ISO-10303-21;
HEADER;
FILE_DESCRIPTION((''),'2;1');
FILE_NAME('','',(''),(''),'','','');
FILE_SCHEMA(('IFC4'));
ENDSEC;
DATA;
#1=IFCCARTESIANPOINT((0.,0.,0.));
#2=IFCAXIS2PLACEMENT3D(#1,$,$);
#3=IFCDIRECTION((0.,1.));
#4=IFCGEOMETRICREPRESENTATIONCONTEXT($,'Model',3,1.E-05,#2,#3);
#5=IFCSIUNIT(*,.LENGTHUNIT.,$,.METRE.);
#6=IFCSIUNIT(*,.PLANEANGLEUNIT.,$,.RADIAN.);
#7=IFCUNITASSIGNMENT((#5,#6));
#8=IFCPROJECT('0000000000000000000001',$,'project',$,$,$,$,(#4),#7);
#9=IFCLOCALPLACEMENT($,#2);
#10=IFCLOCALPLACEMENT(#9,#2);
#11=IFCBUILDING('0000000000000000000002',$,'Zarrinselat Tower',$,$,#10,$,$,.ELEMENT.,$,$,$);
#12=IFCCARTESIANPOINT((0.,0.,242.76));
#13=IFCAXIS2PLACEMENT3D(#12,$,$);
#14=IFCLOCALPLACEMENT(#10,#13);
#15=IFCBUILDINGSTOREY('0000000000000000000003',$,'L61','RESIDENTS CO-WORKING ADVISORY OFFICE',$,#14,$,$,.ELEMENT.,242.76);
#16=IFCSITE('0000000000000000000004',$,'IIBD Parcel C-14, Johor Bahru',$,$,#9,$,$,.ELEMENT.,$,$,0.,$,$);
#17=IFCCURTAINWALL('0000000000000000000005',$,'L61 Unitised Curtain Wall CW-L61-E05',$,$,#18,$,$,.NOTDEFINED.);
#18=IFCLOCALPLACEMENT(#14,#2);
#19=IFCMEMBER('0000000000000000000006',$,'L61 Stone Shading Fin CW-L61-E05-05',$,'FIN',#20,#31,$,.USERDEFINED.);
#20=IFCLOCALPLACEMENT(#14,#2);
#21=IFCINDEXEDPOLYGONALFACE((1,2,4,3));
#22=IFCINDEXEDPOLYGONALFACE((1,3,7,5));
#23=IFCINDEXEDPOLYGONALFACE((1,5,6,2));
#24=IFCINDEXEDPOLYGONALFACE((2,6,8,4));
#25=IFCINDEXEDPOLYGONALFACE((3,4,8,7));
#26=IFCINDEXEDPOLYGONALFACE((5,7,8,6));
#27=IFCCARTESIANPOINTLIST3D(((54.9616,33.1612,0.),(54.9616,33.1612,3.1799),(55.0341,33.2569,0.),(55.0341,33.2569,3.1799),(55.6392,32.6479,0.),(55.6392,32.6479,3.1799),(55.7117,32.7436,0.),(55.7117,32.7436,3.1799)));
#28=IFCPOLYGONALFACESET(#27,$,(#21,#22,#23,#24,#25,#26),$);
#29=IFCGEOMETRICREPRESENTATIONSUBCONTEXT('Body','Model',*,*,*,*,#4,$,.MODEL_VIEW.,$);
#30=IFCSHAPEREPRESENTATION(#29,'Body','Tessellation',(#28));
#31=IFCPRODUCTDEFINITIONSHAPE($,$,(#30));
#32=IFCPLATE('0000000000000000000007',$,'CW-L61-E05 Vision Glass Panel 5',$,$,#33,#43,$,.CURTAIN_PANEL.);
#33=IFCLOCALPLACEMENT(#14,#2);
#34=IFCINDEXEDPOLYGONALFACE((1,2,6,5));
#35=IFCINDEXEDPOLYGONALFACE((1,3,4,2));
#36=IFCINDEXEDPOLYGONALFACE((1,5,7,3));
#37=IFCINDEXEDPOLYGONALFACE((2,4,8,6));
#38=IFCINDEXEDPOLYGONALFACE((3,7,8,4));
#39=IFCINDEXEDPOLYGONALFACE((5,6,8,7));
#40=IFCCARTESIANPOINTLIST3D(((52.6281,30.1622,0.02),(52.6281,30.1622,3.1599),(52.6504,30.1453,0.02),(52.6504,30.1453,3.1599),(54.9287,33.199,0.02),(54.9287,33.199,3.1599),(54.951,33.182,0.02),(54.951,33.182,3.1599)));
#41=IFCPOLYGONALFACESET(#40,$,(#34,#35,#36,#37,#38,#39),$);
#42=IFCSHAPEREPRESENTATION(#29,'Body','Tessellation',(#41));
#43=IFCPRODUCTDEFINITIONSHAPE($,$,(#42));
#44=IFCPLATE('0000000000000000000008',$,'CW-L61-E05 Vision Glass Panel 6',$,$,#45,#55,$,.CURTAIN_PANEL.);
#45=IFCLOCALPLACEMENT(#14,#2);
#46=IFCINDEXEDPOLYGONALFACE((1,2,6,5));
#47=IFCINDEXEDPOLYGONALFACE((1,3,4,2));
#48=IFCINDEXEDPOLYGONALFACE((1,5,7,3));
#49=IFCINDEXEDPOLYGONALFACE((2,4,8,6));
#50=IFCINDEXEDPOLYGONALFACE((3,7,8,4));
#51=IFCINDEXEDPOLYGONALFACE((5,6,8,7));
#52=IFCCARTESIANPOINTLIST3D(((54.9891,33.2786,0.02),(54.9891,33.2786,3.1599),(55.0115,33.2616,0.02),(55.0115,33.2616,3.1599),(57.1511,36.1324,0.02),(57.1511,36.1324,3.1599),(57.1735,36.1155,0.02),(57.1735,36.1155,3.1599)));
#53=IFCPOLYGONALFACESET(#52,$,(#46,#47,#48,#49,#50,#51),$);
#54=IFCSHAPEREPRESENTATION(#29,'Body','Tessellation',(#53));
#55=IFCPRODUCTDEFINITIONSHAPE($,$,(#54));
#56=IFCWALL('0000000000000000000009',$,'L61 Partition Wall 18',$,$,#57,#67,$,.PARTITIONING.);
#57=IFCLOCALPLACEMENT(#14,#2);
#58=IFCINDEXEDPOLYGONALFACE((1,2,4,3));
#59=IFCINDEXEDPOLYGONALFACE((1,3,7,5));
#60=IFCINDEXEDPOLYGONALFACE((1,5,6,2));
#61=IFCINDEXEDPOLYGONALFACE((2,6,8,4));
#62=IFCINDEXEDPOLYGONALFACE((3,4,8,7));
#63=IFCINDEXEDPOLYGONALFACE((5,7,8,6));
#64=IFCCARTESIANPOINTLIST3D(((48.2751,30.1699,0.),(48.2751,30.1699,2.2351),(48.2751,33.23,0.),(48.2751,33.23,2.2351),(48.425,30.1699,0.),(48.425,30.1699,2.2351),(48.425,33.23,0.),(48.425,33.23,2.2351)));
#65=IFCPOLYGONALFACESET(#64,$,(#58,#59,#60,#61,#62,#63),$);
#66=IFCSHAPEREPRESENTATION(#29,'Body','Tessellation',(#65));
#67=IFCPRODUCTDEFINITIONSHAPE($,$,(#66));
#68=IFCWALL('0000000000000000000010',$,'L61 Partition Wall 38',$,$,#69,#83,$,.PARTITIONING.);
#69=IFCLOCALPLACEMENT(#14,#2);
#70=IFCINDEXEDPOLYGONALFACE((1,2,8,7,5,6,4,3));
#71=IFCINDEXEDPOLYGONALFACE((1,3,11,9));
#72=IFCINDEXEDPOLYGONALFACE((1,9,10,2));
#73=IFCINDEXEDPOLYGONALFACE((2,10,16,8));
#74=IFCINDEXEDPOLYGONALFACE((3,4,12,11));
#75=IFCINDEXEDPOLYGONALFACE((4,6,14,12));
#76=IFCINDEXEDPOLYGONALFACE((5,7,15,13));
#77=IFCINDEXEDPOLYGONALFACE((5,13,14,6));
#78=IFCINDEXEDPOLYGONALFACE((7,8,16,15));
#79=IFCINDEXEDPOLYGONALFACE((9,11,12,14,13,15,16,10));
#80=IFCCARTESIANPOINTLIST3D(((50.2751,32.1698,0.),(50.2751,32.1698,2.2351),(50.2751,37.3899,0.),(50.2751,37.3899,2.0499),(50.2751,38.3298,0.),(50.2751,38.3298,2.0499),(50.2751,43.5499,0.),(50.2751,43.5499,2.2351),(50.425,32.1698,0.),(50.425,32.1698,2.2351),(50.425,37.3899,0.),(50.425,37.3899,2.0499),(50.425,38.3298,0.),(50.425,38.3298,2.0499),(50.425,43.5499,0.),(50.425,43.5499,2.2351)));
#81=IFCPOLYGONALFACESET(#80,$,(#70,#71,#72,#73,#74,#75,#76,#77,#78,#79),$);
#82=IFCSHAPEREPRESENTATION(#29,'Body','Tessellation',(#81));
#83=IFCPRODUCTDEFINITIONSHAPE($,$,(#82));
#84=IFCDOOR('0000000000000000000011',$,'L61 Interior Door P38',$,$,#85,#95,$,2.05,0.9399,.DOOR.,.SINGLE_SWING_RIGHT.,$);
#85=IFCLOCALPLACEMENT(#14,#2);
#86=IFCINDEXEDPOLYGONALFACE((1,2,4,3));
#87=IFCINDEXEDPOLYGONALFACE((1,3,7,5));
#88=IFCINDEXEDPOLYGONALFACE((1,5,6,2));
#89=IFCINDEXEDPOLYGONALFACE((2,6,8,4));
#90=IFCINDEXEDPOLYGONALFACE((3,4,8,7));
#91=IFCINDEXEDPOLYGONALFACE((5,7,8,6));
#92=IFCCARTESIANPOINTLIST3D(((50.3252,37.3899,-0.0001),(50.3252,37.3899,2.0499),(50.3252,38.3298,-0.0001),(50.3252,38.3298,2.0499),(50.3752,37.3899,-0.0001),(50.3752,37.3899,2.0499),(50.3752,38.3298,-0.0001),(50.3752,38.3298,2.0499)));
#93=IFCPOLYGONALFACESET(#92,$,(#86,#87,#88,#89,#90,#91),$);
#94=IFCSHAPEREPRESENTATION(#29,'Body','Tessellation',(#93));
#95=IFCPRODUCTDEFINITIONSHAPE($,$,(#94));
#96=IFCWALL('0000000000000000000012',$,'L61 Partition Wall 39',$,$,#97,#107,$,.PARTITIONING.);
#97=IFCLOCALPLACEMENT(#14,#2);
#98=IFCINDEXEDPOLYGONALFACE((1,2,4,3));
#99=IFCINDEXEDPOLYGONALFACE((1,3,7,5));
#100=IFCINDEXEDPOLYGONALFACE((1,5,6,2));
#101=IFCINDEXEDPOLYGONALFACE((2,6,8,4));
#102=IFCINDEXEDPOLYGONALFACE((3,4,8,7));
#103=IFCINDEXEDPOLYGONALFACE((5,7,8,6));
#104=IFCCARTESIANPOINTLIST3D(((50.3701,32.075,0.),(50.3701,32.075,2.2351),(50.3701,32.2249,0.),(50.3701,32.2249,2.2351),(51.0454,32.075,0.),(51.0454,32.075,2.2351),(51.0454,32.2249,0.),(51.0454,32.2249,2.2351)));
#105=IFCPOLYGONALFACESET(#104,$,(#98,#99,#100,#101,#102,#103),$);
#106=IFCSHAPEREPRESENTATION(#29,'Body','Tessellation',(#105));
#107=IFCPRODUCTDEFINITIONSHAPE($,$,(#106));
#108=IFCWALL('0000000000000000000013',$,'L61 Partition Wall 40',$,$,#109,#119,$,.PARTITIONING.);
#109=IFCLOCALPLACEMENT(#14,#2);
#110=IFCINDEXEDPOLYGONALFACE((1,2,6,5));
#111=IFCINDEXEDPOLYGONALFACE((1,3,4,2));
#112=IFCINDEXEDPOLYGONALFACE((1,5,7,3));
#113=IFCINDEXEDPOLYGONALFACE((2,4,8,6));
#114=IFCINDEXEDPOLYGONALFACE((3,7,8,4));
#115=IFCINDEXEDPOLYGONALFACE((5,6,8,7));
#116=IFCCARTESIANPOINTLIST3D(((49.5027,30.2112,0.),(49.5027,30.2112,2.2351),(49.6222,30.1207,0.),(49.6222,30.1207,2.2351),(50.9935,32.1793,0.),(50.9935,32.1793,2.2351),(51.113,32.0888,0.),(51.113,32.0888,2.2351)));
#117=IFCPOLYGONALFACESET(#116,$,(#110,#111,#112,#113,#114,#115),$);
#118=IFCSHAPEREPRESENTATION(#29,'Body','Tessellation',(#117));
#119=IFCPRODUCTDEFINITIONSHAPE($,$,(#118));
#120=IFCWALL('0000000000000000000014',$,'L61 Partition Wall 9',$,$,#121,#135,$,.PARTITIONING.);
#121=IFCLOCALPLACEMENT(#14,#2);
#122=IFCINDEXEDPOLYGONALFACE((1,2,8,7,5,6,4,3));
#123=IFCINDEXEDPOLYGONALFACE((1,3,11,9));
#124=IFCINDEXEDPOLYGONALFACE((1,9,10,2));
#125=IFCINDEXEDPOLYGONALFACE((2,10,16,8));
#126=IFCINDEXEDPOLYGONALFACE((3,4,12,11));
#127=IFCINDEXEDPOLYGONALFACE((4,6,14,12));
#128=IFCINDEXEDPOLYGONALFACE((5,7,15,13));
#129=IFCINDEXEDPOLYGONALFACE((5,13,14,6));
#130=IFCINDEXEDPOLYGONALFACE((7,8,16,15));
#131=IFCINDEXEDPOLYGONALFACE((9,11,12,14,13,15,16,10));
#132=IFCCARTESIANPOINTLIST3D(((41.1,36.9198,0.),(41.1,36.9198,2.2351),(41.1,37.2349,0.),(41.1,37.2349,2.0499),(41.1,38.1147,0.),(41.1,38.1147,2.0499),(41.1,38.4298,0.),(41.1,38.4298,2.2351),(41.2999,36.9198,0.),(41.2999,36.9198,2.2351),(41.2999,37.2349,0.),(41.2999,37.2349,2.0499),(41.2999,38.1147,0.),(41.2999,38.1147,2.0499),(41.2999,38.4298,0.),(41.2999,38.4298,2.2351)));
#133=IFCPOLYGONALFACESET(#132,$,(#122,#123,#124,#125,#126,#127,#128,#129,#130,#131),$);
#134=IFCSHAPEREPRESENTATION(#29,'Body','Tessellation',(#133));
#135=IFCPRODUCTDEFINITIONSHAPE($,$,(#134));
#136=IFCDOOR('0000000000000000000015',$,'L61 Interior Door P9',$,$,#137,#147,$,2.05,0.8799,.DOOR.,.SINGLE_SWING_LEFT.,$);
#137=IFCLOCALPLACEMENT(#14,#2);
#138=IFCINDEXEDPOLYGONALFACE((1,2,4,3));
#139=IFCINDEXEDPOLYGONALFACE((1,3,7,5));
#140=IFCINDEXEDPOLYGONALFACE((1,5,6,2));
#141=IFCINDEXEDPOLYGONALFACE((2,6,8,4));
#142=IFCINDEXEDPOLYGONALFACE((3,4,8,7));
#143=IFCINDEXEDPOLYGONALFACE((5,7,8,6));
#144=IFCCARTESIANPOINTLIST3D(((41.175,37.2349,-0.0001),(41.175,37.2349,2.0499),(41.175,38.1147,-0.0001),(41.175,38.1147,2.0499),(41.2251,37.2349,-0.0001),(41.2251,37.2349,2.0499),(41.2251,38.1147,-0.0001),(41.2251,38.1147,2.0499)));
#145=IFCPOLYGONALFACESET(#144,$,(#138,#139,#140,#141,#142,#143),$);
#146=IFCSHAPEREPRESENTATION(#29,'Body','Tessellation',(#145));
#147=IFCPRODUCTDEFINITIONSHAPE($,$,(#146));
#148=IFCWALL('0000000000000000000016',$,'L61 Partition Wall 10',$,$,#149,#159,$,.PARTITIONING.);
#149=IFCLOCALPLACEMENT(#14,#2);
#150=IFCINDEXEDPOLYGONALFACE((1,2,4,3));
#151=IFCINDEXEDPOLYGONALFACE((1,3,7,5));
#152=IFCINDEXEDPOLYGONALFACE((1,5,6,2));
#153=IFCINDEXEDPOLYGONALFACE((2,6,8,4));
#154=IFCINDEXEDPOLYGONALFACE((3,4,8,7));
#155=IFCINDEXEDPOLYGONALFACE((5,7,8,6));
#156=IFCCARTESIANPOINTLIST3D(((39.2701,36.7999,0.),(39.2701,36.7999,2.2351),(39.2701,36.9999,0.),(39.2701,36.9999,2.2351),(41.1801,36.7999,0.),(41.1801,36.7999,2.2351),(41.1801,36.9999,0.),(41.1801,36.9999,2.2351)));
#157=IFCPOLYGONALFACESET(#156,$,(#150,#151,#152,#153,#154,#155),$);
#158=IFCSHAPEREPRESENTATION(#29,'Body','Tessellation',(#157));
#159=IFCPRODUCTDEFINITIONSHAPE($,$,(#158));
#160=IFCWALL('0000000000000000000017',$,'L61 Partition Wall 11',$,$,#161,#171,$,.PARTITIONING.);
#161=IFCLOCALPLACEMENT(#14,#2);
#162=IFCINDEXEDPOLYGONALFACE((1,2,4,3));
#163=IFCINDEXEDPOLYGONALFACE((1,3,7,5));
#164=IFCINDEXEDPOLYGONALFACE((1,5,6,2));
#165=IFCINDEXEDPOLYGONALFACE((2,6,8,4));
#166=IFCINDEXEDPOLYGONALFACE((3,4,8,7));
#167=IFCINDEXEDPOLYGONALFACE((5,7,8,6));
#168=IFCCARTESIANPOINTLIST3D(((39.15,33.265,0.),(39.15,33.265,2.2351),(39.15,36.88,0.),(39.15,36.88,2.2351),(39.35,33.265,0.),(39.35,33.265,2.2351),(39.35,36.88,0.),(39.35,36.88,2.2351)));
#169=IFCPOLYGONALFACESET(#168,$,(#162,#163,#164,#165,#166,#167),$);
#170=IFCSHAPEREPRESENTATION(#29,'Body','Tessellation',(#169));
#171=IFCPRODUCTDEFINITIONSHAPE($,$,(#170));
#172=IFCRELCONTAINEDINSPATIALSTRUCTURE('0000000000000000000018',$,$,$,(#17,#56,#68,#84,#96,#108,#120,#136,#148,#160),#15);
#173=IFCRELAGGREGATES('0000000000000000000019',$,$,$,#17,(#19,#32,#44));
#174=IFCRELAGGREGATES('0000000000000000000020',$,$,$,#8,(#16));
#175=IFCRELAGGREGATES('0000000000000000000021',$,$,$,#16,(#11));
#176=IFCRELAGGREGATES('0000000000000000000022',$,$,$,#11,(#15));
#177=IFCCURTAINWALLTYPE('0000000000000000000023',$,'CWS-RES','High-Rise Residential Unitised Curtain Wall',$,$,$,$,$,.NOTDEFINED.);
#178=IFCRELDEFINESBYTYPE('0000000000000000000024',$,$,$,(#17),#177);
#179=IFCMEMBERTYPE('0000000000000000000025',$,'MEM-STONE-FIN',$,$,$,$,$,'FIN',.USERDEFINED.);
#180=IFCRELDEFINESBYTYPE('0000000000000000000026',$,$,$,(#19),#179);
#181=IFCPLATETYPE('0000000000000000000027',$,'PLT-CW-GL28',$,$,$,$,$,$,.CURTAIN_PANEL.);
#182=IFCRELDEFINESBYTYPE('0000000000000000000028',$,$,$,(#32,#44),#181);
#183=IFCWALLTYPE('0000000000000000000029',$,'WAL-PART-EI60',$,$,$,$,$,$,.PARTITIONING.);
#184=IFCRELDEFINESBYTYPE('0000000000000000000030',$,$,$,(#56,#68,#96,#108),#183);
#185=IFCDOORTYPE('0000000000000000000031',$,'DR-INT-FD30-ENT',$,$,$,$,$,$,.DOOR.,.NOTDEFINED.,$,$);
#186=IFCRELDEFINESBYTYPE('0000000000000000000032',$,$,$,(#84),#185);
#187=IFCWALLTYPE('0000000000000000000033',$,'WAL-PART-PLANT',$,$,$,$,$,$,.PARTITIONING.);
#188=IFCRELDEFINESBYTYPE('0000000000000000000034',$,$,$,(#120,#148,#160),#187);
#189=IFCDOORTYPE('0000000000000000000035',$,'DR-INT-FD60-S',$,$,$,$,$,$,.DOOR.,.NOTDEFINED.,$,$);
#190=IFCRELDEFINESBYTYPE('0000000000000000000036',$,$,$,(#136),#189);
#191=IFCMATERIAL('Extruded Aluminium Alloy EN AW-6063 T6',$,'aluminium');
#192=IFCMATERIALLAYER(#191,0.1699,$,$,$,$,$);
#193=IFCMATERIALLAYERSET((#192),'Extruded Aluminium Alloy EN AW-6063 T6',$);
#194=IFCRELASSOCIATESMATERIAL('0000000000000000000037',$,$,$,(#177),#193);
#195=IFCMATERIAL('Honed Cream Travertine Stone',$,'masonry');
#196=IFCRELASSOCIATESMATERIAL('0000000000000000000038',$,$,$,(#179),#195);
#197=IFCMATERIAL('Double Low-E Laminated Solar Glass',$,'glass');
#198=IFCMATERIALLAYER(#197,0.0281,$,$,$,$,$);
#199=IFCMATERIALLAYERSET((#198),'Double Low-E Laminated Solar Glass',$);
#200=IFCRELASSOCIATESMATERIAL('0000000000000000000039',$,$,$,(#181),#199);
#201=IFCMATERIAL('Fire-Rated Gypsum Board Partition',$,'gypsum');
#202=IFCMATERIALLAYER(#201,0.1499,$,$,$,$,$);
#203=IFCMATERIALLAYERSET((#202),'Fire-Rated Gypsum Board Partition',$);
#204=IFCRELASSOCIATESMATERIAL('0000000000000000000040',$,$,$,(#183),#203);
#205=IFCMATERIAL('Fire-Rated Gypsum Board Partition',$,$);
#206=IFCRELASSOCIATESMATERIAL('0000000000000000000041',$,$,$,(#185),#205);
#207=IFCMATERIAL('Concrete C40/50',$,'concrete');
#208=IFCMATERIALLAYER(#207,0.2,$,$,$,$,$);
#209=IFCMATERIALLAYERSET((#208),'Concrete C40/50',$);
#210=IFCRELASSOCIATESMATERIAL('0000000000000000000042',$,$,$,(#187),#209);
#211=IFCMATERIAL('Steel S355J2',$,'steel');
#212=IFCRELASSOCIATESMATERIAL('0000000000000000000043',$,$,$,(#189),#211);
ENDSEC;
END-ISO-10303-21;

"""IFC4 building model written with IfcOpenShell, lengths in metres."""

from ifc_helpers import new_model, si_unit, direction, frame, frame_2d, origin, origin_2d, place, context, subcontext, project, spatial, rectangle, extrude, material, layer, layer_set, material_profile, profile_set, type_object, element, fill, aggregate, save


model = new_model("IFC4")

# Units and contexts
model_context = context("Model", 3, precision=1e-05, world=origin(), true_north=direction((0.0, 1.0)))
body_context = subcontext(model_context, "Body", "Model", "MODEL_VIEW")
ifc_project = project(units=[si_unit("LENGTHUNIT", "METRE"), si_unit("PLANEANGLEUNIT", "RADIAN")], contexts=[model_context])

# Site, building, storey
site_placement = place(None, origin())
site = spatial("IfcSite", under=ifc_project, at=site_placement, Name="IIBD Parcel C-14, Johor Bahru", CompositionType="ELEMENT", RefElevation=0.0)
building_placement = place(site_placement, origin())
building = spatial("IfcBuilding", under=site, at=building_placement, Name="Zarrinselat Tower", CompositionType="ELEMENT")
storey_placement = place(building_placement, frame((0.0, 0.0, 242.76)))
storey = spatial("IfcBuildingStorey", under=building, at=storey_placement, Name="L61", Description="RESIDENTS CO-WORKING ADVISORY OFFICE", CompositionType="ELEMENT", Elevation=242.76)

# Curtain wall, member, plates
ifc_material_1 = material(Name="Extruded Aluminium Alloy EN AW-6063 T6", Category="aluminium")
ifc_layer_1 = layer(ifc_material_1, 0.1699)
ifc_layer_set_1 = layer_set([ifc_layer_1], Name="Extruded Aluminium Alloy EN AW-6063 T6")
curtain_wall_type = type_object("IfcCurtainWallType", Name="CWS-RES", Description="High-Rise Residential Unitised Curtain Wall", PredefinedType="NOTDEFINED", material=ifc_layer_set_1)
curtain_wall_placement = place(storey_placement, origin())
curtain_wall = element("IfcCurtainWall", 1, at=curtain_wall_placement, inside=storey, type_object=curtain_wall_type, Name="L61 Unitised Curtain Wall CW-L61-E05", PredefinedType="NOTDEFINED")
ifc_material_2 = material(Name="Honed Cream Travertine Stone", Category="masonry")
ifc_material_profile_1 = material_profile(ifc_material_2, rectangle(XDim=0.1201, YDim=0.8501, at=origin_2d()), Name="FIN 850x120")
ifc_profile_set_1 = profile_set([ifc_material_profile_1], Name="Honed Cream Travertine Stone")
member_type_1 = type_object("IfcMemberType", Name="MEM-STONE-FIN", ElementType="FIN", PredefinedType="USERDEFINED", material=ifc_profile_set_1)
member_1_placement = place(storey_placement, frame((55.3367, 32.9524, 0.0), z_axis=(0.0, 0.0, 1.0), x_axis=(-0.603858, -0.797092, 0.0)))
member_1 = element("IfcMember", 2, at=member_1_placement, type_object=member_type_1, Name="L61 Stone Shading Fin CW-L61-E05-05", ObjectType="FIN", PredefinedType="USERDEFINED", context=body_context, shape_type="SweptSolid", body=[
    extrude(rectangle(XDim=0.1201, YDim=0.8501, at=origin_2d()), origin(), (0.0, 0.0, 1.0), 3.1799),
])
ifc_material_3 = material(Name="Double Low-E Laminated Solar Glass", Category="glass")
ifc_layer_2 = layer(ifc_material_3, 0.0281)
ifc_layer_set_2 = layer_set([ifc_layer_2], Name="Double Low-E Laminated Solar Glass")
plate_type = type_object("IfcPlateType", Name="PLT-CW-GL28", PredefinedType="CURTAIN_PANEL", material=ifc_layer_set_2)
plate_1_placement = place(storey_placement, frame((53.7896, 31.6721, 0.02), z_axis=(0.0, 0.0, 1.0), x_axis=(0.603858, 0.797092, 0.0)))
plate_1 = element("IfcPlate", 3, at=plate_1_placement, type_object=plate_type, Name="CW-L61-E05 Vision Glass Panel 5", PredefinedType="CURTAIN_PANEL", context=body_context, shape_type="SweptSolid", body=[
    extrude(rectangle(XDim=3.8098, YDim=0.0281, at=origin_2d()), origin(), (0.0, 0.0, 1.0), 3.1399),
])
plate_2_placement = place(storey_placement, frame((56.0813, 34.697, 0.02), z_axis=(0.0, 0.0, 1.0), x_axis=(0.603858, 0.797092, 0.0)))
plate_2 = element("IfcPlate", 4, at=plate_2_placement, type_object=plate_type, Name="CW-L61-E05 Vision Glass Panel 6", PredefinedType="CURTAIN_PANEL", context=body_context, shape_type="SweptSolid", body=[
    extrude(rectangle(XDim=3.5803, YDim=0.0281, at=origin_2d()), origin(), (0.0, 0.0, 1.0), 3.1399),
])
aggregate(curtain_wall, [member_1, plate_1, plate_2])

# Wall
ifc_material_4 = material(Name="Fire-Rated Gypsum Board Partition", Category="gypsum")
ifc_layer_3 = layer(ifc_material_4, 0.1499)
ifc_layer_set_3 = layer_set([ifc_layer_3], Name="Fire-Rated Gypsum Board Partition")
wall_type_1 = type_object("IfcWallType", Name="WAL-PART-EI60", PredefinedType="PARTITIONING", material=ifc_layer_set_3)
wall_1_placement = place(storey_placement, frame((48.3501, 30.1699, 0.0), z_axis=(0.0, 0.0, 1.0), x_axis=(0.0, 1.0, 0.0)))
element("IfcWall", 5, at=wall_1_placement, inside=storey, type_object=wall_type_1, Name="L61 Partition Wall 18", PredefinedType="PARTITIONING", context=body_context, shape_type="SweptSolid", body=[
    extrude(rectangle(XDim=3.0601, YDim=0.1499, at=frame_2d((1.53, 0.0))), origin(), (0.0, 0.0, 1.0), 2.2351),
])

# Wall, opening, door
wall_2_placement = place(storey_placement, frame((50.3501, 32.1699, 0.0), z_axis=(0.0, 0.0, 1.0), x_axis=(0.0, 1.0, 0.0)))
wall_2 = element("IfcWall", 6, at=wall_2_placement, inside=storey, type_object=wall_type_1, Name="L61 Partition Wall 38", PredefinedType="PARTITIONING", context=body_context, shape_type="SweptSolid", body=[
    extrude(rectangle(XDim=11.3801, YDim=0.1499, at=frame_2d((5.6899, 0.0))), origin(), (0.0, 0.0, 1.0), 2.2351),
])
opening_1_placement = place(wall_2_placement, frame((5.22, 0.0, 0.0)))
opening_1 = element("IfcOpeningElement", 7, at=opening_1_placement, cuts=wall_2, PredefinedType="OPENING", context=body_context, shape_type="SweptSolid", body=[
    extrude(rectangle(XDim=0.9399, YDim=2.05, at=frame_2d((0.47, 1.0249))), frame((0.0, 0.085, 0.0), z_axis=(0.0, -1.0, 0.0), x_axis=(1.0, 0.0, 0.0)), (0.0, 0.0, 1.0), 0.1699),
])
ifc_material_5 = material(Name="Fire-Rated Gypsum Board Partition")
door_type_1 = type_object("IfcDoorType", Name="DR-INT-FD30-ENT", OperationType="NOTDEFINED", PredefinedType="DOOR", material=ifc_material_5)
door_1_placement = place(opening_1_placement, origin())
door_1 = element("IfcDoor", 8, at=door_1_placement, inside=storey, type_object=door_type_1, Name="L61 Interior Door P38", OperationType="SINGLE_SWING_RIGHT", OverallHeight=2.05, OverallWidth=0.9399, PredefinedType="DOOR", context=body_context, shape_type="SweptSolid", body=[
    extrude(rectangle(XDim=0.9399, YDim=2.05, at=frame_2d((0.47, 1.0249))), frame((0.0, 0.0249, 0.0), z_axis=(0.0, -1.0, 0.0), x_axis=(1.0, 0.0, 0.0)), (0.0, 0.0, 1.0), 0.05),
])
fill(opening_1, door_1)

# Walls
wall_3_placement = place(storey_placement, frame((50.3701, 32.1499, 0.0), z_axis=(0.0, 0.0, 1.0), x_axis=(1.0, 0.0, 0.0)))
element("IfcWall", 9, at=wall_3_placement, inside=storey, type_object=wall_type_1, Name="L61 Partition Wall 39", PredefinedType="PARTITIONING", context=body_context, shape_type="SweptSolid", body=[
    extrude(rectangle(XDim=0.6753, YDim=0.1499, at=frame_2d((0.3376, 0.0))), origin(), (0.0, 0.0, 1.0), 2.2351),
])
wall_4_placement = place(storey_placement, frame((49.5625, 30.166, 0.0), z_axis=(0.0, 0.0, 1.0), x_axis=(0.603806, 0.797131, 0.0)))
element("IfcWall", 10, at=wall_4_placement, inside=storey, type_object=wall_type_1, Name="L61 Partition Wall 40", PredefinedType="PARTITIONING", context=body_context, shape_type="SweptSolid", body=[
    extrude(rectangle(XDim=2.469, YDim=0.1499, at=frame_2d((1.2344, 0.0))), origin(), (0.0, 0.0, 1.0), 2.2351),
])

# Wall, opening, door
ifc_material_6 = material(Name="Concrete C40/50", Category="concrete")
ifc_layer_4 = layer(ifc_material_6, 0.2)
ifc_layer_set_4 = layer_set([ifc_layer_4], Name="Concrete C40/50")
wall_type_2 = type_object("IfcWallType", Name="WAL-PART-PLANT", PredefinedType="PARTITIONING", material=ifc_layer_set_4)
wall_5_placement = place(storey_placement, frame((41.2, 36.9199, 0.0), z_axis=(0.0, 0.0, 1.0), x_axis=(0.0, 1.0, 0.0)))
wall_5 = element("IfcWall", 11, at=wall_5_placement, inside=storey, type_object=wall_type_2, Name="L61 Partition Wall 9", PredefinedType="PARTITIONING", context=body_context, shape_type="SweptSolid", body=[
    extrude(rectangle(XDim=1.51, YDim=0.2, at=frame_2d((0.7549, 0.0))), origin(), (0.0, 0.0, 1.0), 2.2351),
])
opening_2_placement = place(wall_5_placement, frame((0.3149, 0.0, 0.0)))
opening_2 = element("IfcOpeningElement", 12, at=opening_2_placement, cuts=wall_5, PredefinedType="OPENING", context=body_context, shape_type="SweptSolid", body=[
    extrude(rectangle(XDim=0.8799, YDim=2.05, at=frame_2d((0.4399, 1.0249))), frame((0.0, 0.1099, 0.0), z_axis=(0.0, -1.0, 0.0), x_axis=(1.0, 0.0, 0.0)), (0.0, 0.0, 1.0), 0.22),
])
ifc_material_7 = material(Name="Steel S355J2", Category="steel")
door_type_2 = type_object("IfcDoorType", Name="DR-INT-FD60-S", OperationType="NOTDEFINED", PredefinedType="DOOR", material=ifc_material_7)
door_2_placement = place(opening_2_placement, origin())
door_2 = element("IfcDoor", 13, at=door_2_placement, inside=storey, type_object=door_type_2, Name="L61 Interior Door P9", OperationType="SINGLE_SWING_LEFT", OverallHeight=2.05, OverallWidth=0.8799, PredefinedType="DOOR", context=body_context, shape_type="SweptSolid", body=[
    extrude(rectangle(XDim=0.8799, YDim=2.05, at=frame_2d((0.4399, 1.0249))), frame((0.0, 0.0249, 0.0), z_axis=(0.0, -1.0, 0.0), x_axis=(1.0, 0.0, 0.0)), (0.0, 0.0, 1.0), 0.05),
])
fill(opening_2, door_2)

# Walls
wall_6_placement = place(storey_placement, frame((39.27, 36.8999, 0.0), z_axis=(0.0, 0.0, 1.0), x_axis=(1.0, 0.0, 0.0)))
element("IfcWall", 14, at=wall_6_placement, inside=storey, type_object=wall_type_2, Name="L61 Partition Wall 10", PredefinedType="PARTITIONING", context=body_context, shape_type="SweptSolid", body=[
    extrude(rectangle(XDim=1.9099, YDim=0.2, at=frame_2d((0.9551, 0.0))), origin(), (0.0, 0.0, 1.0), 2.2351),
])
wall_7_placement = place(storey_placement, frame((39.25, 33.2649, 0.0), z_axis=(0.0, 0.0, 1.0), x_axis=(0.0, 1.0, 0.0)))
element("IfcWall", 15, at=wall_7_placement, inside=storey, type_object=wall_type_2, Name="L61 Partition Wall 11", PredefinedType="PARTITIONING", context=body_context, shape_type="SweptSolid", body=[
    extrude(rectangle(XDim=3.615, YDim=0.2, at=frame_2d((1.8076, 0.0))), origin(), (0.0, 0.0, 1.0), 2.2351),
])

save(model, "model.ifc")
